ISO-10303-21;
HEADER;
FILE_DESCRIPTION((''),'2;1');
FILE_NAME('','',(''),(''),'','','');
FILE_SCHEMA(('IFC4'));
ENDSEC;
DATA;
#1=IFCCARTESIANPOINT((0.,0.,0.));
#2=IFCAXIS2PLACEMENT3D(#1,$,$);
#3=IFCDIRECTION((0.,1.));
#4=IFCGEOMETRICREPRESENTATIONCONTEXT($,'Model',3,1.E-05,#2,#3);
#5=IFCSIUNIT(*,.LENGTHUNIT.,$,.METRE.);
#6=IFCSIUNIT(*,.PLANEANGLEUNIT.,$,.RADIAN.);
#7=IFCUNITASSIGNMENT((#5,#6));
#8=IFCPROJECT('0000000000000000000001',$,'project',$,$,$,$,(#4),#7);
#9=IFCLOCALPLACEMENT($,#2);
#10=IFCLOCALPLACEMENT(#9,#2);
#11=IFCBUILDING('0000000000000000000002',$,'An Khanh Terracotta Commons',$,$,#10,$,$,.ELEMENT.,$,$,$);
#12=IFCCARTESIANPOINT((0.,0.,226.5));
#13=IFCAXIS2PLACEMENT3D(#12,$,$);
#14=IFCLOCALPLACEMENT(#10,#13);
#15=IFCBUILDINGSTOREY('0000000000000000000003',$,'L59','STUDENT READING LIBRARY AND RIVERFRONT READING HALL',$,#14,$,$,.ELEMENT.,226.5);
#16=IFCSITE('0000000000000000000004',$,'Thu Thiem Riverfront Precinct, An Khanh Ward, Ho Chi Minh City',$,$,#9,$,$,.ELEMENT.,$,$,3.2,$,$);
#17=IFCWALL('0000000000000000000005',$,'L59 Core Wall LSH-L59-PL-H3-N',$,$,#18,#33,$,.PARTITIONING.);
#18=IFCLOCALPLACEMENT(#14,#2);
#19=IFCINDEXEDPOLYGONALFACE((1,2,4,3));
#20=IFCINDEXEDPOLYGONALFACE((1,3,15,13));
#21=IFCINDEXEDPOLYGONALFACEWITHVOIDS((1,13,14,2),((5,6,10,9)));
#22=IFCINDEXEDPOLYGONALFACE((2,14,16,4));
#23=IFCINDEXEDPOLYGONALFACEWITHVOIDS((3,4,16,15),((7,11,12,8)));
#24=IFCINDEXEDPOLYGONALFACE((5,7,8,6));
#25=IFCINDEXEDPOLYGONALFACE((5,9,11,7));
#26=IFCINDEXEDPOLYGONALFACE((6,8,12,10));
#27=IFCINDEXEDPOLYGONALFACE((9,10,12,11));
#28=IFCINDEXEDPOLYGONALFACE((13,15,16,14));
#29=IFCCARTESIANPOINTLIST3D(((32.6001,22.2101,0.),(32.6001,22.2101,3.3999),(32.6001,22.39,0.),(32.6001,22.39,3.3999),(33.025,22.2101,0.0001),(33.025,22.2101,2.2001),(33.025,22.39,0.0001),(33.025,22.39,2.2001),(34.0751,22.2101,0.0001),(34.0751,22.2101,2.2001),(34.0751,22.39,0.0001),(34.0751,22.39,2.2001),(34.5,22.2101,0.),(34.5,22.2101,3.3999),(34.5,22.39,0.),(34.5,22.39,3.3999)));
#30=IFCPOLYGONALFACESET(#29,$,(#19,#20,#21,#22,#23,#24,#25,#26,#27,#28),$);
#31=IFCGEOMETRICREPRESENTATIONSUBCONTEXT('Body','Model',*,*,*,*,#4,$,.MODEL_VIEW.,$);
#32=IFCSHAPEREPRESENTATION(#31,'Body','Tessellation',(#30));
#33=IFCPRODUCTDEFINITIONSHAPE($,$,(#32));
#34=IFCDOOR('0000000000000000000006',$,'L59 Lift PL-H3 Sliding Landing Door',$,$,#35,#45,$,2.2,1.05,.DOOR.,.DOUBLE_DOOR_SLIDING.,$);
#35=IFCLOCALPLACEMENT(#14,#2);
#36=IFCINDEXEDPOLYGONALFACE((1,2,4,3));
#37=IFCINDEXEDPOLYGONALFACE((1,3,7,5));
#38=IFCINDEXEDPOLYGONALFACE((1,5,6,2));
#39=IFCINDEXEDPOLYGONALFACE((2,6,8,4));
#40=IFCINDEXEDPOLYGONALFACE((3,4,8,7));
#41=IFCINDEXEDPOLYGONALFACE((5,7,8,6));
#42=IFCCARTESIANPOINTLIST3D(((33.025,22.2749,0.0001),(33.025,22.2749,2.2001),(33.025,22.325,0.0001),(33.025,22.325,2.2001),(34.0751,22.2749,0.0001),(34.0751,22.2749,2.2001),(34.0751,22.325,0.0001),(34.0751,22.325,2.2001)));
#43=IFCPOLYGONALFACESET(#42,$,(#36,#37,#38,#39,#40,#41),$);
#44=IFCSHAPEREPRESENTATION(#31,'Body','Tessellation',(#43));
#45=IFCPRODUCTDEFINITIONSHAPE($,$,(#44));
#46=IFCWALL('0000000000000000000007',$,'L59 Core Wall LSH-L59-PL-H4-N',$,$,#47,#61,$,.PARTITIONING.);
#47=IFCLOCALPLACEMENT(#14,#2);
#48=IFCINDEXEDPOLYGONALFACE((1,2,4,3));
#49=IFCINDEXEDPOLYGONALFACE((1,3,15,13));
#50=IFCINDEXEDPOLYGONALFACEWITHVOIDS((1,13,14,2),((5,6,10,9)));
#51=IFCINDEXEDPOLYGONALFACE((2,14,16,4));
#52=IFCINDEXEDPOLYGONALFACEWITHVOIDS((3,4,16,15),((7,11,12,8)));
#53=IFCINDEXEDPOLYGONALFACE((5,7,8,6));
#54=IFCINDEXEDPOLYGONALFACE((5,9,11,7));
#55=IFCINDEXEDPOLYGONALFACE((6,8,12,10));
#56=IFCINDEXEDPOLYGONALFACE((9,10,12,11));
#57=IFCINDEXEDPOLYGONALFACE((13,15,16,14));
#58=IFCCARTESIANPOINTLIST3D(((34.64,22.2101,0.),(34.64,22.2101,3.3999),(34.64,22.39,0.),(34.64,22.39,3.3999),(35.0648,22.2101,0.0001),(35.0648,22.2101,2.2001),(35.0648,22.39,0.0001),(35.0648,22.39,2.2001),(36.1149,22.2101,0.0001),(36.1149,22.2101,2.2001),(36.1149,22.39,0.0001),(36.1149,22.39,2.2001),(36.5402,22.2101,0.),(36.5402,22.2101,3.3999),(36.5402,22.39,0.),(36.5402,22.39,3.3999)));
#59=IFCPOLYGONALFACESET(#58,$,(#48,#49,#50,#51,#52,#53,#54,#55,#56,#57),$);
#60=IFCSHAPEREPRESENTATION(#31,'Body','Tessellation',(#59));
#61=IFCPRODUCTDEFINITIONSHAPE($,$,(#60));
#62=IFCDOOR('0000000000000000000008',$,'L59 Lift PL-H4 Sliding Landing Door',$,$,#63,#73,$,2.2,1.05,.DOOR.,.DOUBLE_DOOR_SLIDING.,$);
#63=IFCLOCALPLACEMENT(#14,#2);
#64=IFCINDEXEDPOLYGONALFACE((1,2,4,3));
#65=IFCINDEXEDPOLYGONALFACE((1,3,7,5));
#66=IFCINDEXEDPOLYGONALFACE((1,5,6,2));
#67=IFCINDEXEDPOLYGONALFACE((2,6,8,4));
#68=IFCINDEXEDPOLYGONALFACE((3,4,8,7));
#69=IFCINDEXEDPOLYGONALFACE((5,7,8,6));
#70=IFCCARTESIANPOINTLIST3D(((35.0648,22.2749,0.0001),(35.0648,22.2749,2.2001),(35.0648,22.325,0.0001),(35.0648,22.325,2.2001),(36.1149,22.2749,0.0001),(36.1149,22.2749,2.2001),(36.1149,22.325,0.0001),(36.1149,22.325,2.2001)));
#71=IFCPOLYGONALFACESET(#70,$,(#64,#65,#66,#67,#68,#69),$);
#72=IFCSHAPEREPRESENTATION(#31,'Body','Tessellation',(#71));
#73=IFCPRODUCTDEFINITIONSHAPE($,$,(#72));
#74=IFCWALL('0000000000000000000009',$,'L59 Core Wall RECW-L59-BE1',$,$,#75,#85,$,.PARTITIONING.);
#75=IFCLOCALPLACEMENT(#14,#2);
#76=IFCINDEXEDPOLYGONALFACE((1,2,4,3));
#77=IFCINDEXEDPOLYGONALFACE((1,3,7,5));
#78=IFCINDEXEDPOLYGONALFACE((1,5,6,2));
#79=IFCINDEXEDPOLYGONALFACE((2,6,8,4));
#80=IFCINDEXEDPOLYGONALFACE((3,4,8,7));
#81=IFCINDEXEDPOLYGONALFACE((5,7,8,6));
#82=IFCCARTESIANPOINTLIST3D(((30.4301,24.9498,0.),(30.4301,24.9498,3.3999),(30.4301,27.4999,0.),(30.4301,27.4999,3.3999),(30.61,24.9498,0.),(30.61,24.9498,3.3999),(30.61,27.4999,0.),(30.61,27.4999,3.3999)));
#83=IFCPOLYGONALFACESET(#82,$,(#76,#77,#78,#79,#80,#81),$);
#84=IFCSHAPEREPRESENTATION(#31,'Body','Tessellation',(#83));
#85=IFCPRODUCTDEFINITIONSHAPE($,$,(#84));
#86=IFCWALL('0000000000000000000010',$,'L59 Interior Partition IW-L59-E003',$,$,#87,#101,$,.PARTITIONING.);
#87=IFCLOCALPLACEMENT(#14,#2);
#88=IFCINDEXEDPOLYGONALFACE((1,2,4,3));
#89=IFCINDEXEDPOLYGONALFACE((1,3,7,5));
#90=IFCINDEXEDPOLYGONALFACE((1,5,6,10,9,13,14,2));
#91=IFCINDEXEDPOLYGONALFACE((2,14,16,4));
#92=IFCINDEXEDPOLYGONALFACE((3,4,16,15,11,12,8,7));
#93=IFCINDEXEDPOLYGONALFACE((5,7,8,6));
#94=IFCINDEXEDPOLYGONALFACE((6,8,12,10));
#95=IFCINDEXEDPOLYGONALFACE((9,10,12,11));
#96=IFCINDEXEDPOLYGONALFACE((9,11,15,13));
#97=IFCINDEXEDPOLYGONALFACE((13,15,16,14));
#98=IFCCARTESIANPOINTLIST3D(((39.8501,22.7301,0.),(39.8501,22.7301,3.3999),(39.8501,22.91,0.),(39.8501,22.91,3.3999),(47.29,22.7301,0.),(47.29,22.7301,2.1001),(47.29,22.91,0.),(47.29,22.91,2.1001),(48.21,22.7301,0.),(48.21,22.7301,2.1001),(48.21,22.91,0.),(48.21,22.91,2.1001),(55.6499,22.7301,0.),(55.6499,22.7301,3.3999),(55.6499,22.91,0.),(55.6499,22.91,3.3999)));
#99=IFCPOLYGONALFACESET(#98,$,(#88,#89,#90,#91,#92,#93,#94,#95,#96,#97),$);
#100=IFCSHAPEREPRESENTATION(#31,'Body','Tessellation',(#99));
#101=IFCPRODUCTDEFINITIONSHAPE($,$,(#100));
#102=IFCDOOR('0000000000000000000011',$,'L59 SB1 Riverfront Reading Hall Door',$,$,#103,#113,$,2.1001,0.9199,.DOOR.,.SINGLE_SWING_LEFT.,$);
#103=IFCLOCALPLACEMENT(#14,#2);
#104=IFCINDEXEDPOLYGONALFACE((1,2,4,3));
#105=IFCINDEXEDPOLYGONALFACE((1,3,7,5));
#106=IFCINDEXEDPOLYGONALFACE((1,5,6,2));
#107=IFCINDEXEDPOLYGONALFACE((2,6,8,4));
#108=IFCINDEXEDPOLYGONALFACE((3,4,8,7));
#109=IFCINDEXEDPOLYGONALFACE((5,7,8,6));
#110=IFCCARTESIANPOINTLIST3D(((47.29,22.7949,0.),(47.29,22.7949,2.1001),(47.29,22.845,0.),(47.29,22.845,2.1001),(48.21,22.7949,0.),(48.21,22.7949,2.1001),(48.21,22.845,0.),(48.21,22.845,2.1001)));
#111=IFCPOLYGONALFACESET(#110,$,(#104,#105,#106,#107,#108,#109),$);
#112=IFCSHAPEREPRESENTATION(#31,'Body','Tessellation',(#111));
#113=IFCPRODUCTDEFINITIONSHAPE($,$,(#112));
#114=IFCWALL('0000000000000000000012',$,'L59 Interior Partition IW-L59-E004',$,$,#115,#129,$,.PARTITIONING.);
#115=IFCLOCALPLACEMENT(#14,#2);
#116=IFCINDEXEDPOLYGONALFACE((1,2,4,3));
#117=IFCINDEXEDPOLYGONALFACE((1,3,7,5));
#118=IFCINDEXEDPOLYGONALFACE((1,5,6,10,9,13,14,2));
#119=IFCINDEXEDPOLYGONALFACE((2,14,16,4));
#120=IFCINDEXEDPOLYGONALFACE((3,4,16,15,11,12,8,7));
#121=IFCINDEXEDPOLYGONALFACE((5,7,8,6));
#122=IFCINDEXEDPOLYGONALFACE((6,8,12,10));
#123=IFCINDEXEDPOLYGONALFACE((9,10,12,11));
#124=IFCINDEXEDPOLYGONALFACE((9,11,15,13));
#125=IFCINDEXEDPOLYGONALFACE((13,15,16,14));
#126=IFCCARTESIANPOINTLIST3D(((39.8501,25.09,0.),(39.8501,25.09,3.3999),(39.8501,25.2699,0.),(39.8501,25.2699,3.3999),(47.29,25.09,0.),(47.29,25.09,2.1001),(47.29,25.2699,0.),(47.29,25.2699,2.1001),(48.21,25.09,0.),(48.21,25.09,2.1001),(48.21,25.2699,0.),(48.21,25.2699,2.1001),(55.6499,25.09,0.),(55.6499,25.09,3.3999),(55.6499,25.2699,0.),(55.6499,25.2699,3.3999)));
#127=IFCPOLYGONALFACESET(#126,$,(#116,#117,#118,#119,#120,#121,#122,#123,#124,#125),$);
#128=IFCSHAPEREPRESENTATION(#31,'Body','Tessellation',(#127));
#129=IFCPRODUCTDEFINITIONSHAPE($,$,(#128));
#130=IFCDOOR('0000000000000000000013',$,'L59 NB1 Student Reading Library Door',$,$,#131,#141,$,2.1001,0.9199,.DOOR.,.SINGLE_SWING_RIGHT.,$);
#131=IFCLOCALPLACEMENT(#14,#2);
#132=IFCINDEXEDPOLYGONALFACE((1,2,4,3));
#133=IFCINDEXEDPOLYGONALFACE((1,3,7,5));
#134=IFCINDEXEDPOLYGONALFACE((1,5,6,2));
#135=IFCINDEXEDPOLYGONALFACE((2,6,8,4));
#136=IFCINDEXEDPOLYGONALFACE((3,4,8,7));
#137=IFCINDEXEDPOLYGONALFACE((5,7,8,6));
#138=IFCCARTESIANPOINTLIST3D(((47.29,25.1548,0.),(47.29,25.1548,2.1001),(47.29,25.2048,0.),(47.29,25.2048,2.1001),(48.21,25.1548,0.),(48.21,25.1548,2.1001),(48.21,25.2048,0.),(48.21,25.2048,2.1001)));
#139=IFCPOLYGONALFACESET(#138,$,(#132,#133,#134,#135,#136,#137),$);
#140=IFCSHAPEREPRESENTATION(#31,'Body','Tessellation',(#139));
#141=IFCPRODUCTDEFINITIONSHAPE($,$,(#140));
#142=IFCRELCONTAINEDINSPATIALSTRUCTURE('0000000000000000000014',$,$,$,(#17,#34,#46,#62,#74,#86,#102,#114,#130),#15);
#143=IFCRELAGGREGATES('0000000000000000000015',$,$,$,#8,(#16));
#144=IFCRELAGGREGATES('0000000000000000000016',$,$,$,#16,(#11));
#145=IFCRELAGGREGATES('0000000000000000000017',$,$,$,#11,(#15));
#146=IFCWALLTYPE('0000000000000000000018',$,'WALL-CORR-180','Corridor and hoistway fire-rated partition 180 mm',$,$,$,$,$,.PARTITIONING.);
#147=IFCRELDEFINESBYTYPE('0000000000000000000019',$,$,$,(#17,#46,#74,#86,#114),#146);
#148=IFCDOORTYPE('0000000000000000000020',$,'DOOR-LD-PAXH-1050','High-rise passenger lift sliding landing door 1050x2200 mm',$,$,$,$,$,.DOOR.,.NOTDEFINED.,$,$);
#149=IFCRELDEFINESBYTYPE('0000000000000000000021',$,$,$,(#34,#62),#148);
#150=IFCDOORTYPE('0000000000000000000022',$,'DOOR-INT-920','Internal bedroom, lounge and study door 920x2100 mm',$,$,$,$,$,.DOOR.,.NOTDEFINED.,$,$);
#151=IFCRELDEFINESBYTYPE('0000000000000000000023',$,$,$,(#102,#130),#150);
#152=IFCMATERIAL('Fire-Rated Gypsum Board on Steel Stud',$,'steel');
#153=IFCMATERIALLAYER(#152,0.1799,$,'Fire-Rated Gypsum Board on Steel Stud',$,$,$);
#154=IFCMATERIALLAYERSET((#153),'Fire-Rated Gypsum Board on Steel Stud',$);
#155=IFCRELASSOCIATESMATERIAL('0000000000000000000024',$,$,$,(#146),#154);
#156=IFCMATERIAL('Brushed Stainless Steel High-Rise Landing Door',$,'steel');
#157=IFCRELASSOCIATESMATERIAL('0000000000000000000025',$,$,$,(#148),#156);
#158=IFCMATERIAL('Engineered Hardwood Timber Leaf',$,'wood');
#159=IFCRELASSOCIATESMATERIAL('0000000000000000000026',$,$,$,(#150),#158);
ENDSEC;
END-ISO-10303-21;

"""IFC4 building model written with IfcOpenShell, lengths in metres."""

from ifc_helpers import new_model, si_unit, direction, frame, frame_2d, origin, place, context, subcontext, project, spatial, rectangle, extrude, material, layer, layer_set, type_object, element, fill, save


model = new_model("IFC4")

# Units and contexts
model_context = context("Model", 3, precision=1e-05, world=origin(), true_north=direction((0.0, 1.0)))
body_context = subcontext(model_context, "Body", "Model", "MODEL_VIEW")
ifc_project = project(units=[si_unit("LENGTHUNIT", "METRE"), si_unit("PLANEANGLEUNIT", "RADIAN")], contexts=[model_context])

# Site, building, storey
site_placement = place(None, origin())
site = spatial("IfcSite", under=ifc_project, at=site_placement, Name="Thu Thiem Riverfront Precinct, An Khanh Ward, Ho Chi Minh City", CompositionType="ELEMENT", RefElevation=3.2)
building_placement = place(site_placement, origin())
building = spatial("IfcBuilding", under=site, at=building_placement, Name="An Khanh Terracotta Commons", CompositionType="ELEMENT")
storey_placement = place(building_placement, frame((0.0, 0.0, 226.5)))
storey = spatial("IfcBuildingStorey", under=building, at=storey_placement, Name="L59", Description="STUDENT READING LIBRARY AND RIVERFRONT READING HALL", CompositionType="ELEMENT", Elevation=226.5)

# Shared definitions
ifc_material_1 = material(Name="Fire-Rated Gypsum Board on Steel Stud", Category="steel")
ifc_layer = layer(ifc_material_1, 0.1799, Name="Fire-Rated Gypsum Board on Steel Stud")
ifc_layer_set = layer_set([ifc_layer], Name="Fire-Rated Gypsum Board on Steel Stud")
wall_type = type_object("IfcWallType", Name="WALL-CORR-180", Description="Corridor and hoistway fire-rated partition 180 mm", PredefinedType="PARTITIONING", material=ifc_layer_set)

# Shared definitions
ifc_material_2 = material(Name="Brushed Stainless Steel High-Rise Landing Door", Category="steel")
door_type_1 = type_object("IfcDoorType", Name="DOOR-LD-PAXH-1050", Description="High-rise passenger lift sliding landing door 1050x2200 mm", OperationType="NOTDEFINED", PredefinedType="DOOR", material=ifc_material_2)

# Walls, openings, doors
wall_1_placement = place(storey_placement, frame((32.6001, 22.3, 0.0), z_axis=(0.0, 0.0, 1.0), x_axis=(1.0, 0.0, 0.0)))
wall_1 = element("IfcWall", 1, at=wall_1_placement, inside=storey, type_object=wall_type, Name="L59 Core Wall LSH-L59-PL-H3-N", PredefinedType="PARTITIONING", context=body_context, shape_type="SweptSolid", body=[
    extrude(rectangle(XDim=1.8999, YDim=0.1799, at=frame_2d((0.95, 0.0))), origin(), (0.0, 0.0, 1.0), 3.3999),
])
opening_1_placement = place(wall_1_placement, frame((0.425, 0.0, 0.0)))
opening_1 = element("IfcOpeningElement", 2, at=opening_1_placement, cuts=wall_1, PredefinedType="OPENING", context=body_context, shape_type="SweptSolid", body=[
    extrude(rectangle(XDim=1.05, YDim=2.2, at=frame_2d((0.5249, 1.1001))), frame((0.0, 0.0999, 0.0), z_axis=(0.0, -1.0, 0.0), x_axis=(1.0, 0.0, 0.0)), (0.0, 0.0, 1.0), 0.2),
])
door_1_placement = place(opening_1_placement, origin())
door_1 = element("IfcDoor", 3, at=door_1_placement, inside=storey, type_object=door_type_1, Name="L59 Lift PL-H3 Sliding Landing Door", OperationType="DOUBLE_DOOR_SLIDING", OverallHeight=2.2, OverallWidth=1.05, PredefinedType="DOOR", context=body_context, shape_type="SweptSolid", body=[
    extrude(rectangle(XDim=1.05, YDim=2.2, at=frame_2d((0.5249, 1.1001))), frame((0.0, 0.0249, 0.0), z_axis=(0.0, -1.0, 0.0), x_axis=(1.0, 0.0, 0.0)), (0.0, 0.0, 1.0), 0.05),
])
fill(opening_1, door_1)
wall_2_placement = place(storey_placement, frame((34.6399, 22.3, 0.0), z_axis=(0.0, 0.0, 1.0), x_axis=(1.0, 0.0, 0.0)))
wall_2 = element("IfcWall", 4, at=wall_2_placement, inside=storey, type_object=wall_type, Name="L59 Core Wall LSH-L59-PL-H4-N", PredefinedType="PARTITIONING", context=body_context, shape_type="SweptSolid", body=[
    extrude(rectangle(XDim=1.9001, YDim=0.1799, at=frame_2d((0.9502, 0.0))), origin(), (0.0, 0.0, 1.0), 3.3999),
])
opening_2_placement = place(wall_2_placement, frame((0.425, 0.0, 0.0)))
opening_2 = element("IfcOpeningElement", 5, at=opening_2_placement, cuts=wall_2, PredefinedType="OPENING", context=body_context, shape_type="SweptSolid", body=[
    extrude(rectangle(XDim=1.05, YDim=2.2, at=frame_2d((0.5249, 1.1001))), frame((0.0, 0.0999, 0.0), z_axis=(0.0, -1.0, 0.0), x_axis=(1.0, 0.0, 0.0)), (0.0, 0.0, 1.0), 0.2),
])
door_2_placement = place(opening_2_placement, origin())
door_2 = element("IfcDoor", 6, at=door_2_placement, inside=storey, type_object=door_type_1, Name="L59 Lift PL-H4 Sliding Landing Door", OperationType="DOUBLE_DOOR_SLIDING", OverallHeight=2.2, OverallWidth=1.05, PredefinedType="DOOR", context=body_context, shape_type="SweptSolid", body=[
    extrude(rectangle(XDim=1.05, YDim=2.2, at=frame_2d((0.5249, 1.1001))), frame((0.0, 0.0249, 0.0), z_axis=(0.0, -1.0, 0.0), x_axis=(1.0, 0.0, 0.0)), (0.0, 0.0, 1.0), 0.05),
])
fill(opening_2, door_2)

# Wall
wall_3_placement = place(storey_placement, frame((30.52, 24.95, 0.0), z_axis=(0.0, 0.0, 1.0), x_axis=(0.0, 1.0, 0.0)))
element("IfcWall", 7, at=wall_3_placement, inside=storey, type_object=wall_type, Name="L59 Core Wall RECW-L59-BE1", PredefinedType="PARTITIONING", context=body_context, shape_type="SweptSolid", body=[
    extrude(rectangle(XDim=2.55, YDim=0.1799, at=frame_2d((1.2749, 0.0))), origin(), (0.0, 0.0, 1.0), 3.3999),
])

# Walls, openings, doors
wall_4_placement = place(storey_placement, frame((39.8501, 22.8201, 0.0), z_axis=(0.0, 0.0, 1.0), x_axis=(1.0, 0.0, 0.0)))
wall_4 = element("IfcWall", 8, at=wall_4_placement, inside=storey, type_object=wall_type, Name="L59 Interior Partition IW-L59-E003", PredefinedType="PARTITIONING", context=body_context, shape_type="SweptSolid", body=[
    extrude(rectangle(XDim=15.7998, YDim=0.1799, at=frame_2d((7.8999, 0.0))), origin(), (0.0, 0.0, 1.0), 3.3999),
])
opening_3_placement = place(wall_4_placement, frame((7.4399, 0.0, 0.0)))
opening_3 = element("IfcOpeningElement", 9, at=opening_3_placement, cuts=wall_4, PredefinedType="OPENING", context=body_context, shape_type="SweptSolid", body=[
    extrude(rectangle(XDim=0.9199, YDim=2.1001, at=frame_2d((0.46, 1.05))), frame((0.0, 0.0999, 0.0), z_axis=(0.0, -1.0, 0.0), x_axis=(1.0, 0.0, 0.0)), (0.0, 0.0, 1.0), 0.2),
])
ifc_material_3 = material(Name="Engineered Hardwood Timber Leaf", Category="wood")
door_type_2 = type_object("IfcDoorType", Name="DOOR-INT-920", Description="Internal bedroom, lounge and study door 920x2100 mm", OperationType="NOTDEFINED", PredefinedType="DOOR", material=ifc_material_3)
door_3_placement = place(opening_3_placement, origin())
door_3 = element("IfcDoor", 10, at=door_3_placement, inside=storey, type_object=door_type_2, Name="L59 SB1 Riverfront Reading Hall Door", OperationType="SINGLE_SWING_LEFT", OverallHeight=2.1001, OverallWidth=0.9199, PredefinedType="DOOR", context=body_context, shape_type="SweptSolid", body=[
    extrude(rectangle(XDim=0.9199, YDim=2.1001, at=frame_2d((0.46, 1.05))), frame((0.0, 0.0249, 0.0), z_axis=(0.0, -1.0, 0.0), x_axis=(1.0, 0.0, 0.0)), (0.0, 0.0, 1.0), 0.05),
])
fill(opening_3, door_3)
wall_5_placement = place(storey_placement, frame((39.8501, 25.1799, 0.0), z_axis=(0.0, 0.0, 1.0), x_axis=(1.0, 0.0, 0.0)))
wall_5 = element("IfcWall", 11, at=wall_5_placement, inside=storey, type_object=wall_type, Name="L59 Interior Partition IW-L59-E004", PredefinedType="PARTITIONING", context=body_context, shape_type="SweptSolid", body=[
    extrude(rectangle(XDim=15.7998, YDim=0.1799, at=frame_2d((7.8999, 0.0))), origin(), (0.0, 0.0, 1.0), 3.3999),
])
opening_4_placement = place(wall_5_placement, frame((7.4399, 0.0, 0.0)))
opening_4 = element("IfcOpeningElement", 12, at=opening_4_placement, cuts=wall_5, PredefinedType="OPENING", context=body_context, shape_type="SweptSolid", body=[
    extrude(rectangle(XDim=0.9199, YDim=2.1001, at=frame_2d((0.46, 1.05))), frame((0.0, 0.0999, 0.0), z_axis=(0.0, -1.0, 0.0), x_axis=(1.0, 0.0, 0.0)), (0.0, 0.0, 1.0), 0.2),
])
door_4_placement = place(opening_4_placement, origin())
door_4 = element("IfcDoor", 13, at=door_4_placement, inside=storey, type_object=door_type_2, Name="L59 NB1 Student Reading Library Door", OperationType="SINGLE_SWING_RIGHT", OverallHeight=2.1001, OverallWidth=0.9199, PredefinedType="DOOR", context=body_context, shape_type="SweptSolid", body=[
    extrude(rectangle(XDim=0.9199, YDim=2.1001, at=frame_2d((0.46, 1.05))), frame((0.0, 0.0249, 0.0), z_axis=(0.0, -1.0, 0.0), x_axis=(1.0, 0.0, 0.0)), (0.0, 0.0, 1.0), 0.05),
])
fill(opening_4, door_4)

save(model, "model.ifc")
